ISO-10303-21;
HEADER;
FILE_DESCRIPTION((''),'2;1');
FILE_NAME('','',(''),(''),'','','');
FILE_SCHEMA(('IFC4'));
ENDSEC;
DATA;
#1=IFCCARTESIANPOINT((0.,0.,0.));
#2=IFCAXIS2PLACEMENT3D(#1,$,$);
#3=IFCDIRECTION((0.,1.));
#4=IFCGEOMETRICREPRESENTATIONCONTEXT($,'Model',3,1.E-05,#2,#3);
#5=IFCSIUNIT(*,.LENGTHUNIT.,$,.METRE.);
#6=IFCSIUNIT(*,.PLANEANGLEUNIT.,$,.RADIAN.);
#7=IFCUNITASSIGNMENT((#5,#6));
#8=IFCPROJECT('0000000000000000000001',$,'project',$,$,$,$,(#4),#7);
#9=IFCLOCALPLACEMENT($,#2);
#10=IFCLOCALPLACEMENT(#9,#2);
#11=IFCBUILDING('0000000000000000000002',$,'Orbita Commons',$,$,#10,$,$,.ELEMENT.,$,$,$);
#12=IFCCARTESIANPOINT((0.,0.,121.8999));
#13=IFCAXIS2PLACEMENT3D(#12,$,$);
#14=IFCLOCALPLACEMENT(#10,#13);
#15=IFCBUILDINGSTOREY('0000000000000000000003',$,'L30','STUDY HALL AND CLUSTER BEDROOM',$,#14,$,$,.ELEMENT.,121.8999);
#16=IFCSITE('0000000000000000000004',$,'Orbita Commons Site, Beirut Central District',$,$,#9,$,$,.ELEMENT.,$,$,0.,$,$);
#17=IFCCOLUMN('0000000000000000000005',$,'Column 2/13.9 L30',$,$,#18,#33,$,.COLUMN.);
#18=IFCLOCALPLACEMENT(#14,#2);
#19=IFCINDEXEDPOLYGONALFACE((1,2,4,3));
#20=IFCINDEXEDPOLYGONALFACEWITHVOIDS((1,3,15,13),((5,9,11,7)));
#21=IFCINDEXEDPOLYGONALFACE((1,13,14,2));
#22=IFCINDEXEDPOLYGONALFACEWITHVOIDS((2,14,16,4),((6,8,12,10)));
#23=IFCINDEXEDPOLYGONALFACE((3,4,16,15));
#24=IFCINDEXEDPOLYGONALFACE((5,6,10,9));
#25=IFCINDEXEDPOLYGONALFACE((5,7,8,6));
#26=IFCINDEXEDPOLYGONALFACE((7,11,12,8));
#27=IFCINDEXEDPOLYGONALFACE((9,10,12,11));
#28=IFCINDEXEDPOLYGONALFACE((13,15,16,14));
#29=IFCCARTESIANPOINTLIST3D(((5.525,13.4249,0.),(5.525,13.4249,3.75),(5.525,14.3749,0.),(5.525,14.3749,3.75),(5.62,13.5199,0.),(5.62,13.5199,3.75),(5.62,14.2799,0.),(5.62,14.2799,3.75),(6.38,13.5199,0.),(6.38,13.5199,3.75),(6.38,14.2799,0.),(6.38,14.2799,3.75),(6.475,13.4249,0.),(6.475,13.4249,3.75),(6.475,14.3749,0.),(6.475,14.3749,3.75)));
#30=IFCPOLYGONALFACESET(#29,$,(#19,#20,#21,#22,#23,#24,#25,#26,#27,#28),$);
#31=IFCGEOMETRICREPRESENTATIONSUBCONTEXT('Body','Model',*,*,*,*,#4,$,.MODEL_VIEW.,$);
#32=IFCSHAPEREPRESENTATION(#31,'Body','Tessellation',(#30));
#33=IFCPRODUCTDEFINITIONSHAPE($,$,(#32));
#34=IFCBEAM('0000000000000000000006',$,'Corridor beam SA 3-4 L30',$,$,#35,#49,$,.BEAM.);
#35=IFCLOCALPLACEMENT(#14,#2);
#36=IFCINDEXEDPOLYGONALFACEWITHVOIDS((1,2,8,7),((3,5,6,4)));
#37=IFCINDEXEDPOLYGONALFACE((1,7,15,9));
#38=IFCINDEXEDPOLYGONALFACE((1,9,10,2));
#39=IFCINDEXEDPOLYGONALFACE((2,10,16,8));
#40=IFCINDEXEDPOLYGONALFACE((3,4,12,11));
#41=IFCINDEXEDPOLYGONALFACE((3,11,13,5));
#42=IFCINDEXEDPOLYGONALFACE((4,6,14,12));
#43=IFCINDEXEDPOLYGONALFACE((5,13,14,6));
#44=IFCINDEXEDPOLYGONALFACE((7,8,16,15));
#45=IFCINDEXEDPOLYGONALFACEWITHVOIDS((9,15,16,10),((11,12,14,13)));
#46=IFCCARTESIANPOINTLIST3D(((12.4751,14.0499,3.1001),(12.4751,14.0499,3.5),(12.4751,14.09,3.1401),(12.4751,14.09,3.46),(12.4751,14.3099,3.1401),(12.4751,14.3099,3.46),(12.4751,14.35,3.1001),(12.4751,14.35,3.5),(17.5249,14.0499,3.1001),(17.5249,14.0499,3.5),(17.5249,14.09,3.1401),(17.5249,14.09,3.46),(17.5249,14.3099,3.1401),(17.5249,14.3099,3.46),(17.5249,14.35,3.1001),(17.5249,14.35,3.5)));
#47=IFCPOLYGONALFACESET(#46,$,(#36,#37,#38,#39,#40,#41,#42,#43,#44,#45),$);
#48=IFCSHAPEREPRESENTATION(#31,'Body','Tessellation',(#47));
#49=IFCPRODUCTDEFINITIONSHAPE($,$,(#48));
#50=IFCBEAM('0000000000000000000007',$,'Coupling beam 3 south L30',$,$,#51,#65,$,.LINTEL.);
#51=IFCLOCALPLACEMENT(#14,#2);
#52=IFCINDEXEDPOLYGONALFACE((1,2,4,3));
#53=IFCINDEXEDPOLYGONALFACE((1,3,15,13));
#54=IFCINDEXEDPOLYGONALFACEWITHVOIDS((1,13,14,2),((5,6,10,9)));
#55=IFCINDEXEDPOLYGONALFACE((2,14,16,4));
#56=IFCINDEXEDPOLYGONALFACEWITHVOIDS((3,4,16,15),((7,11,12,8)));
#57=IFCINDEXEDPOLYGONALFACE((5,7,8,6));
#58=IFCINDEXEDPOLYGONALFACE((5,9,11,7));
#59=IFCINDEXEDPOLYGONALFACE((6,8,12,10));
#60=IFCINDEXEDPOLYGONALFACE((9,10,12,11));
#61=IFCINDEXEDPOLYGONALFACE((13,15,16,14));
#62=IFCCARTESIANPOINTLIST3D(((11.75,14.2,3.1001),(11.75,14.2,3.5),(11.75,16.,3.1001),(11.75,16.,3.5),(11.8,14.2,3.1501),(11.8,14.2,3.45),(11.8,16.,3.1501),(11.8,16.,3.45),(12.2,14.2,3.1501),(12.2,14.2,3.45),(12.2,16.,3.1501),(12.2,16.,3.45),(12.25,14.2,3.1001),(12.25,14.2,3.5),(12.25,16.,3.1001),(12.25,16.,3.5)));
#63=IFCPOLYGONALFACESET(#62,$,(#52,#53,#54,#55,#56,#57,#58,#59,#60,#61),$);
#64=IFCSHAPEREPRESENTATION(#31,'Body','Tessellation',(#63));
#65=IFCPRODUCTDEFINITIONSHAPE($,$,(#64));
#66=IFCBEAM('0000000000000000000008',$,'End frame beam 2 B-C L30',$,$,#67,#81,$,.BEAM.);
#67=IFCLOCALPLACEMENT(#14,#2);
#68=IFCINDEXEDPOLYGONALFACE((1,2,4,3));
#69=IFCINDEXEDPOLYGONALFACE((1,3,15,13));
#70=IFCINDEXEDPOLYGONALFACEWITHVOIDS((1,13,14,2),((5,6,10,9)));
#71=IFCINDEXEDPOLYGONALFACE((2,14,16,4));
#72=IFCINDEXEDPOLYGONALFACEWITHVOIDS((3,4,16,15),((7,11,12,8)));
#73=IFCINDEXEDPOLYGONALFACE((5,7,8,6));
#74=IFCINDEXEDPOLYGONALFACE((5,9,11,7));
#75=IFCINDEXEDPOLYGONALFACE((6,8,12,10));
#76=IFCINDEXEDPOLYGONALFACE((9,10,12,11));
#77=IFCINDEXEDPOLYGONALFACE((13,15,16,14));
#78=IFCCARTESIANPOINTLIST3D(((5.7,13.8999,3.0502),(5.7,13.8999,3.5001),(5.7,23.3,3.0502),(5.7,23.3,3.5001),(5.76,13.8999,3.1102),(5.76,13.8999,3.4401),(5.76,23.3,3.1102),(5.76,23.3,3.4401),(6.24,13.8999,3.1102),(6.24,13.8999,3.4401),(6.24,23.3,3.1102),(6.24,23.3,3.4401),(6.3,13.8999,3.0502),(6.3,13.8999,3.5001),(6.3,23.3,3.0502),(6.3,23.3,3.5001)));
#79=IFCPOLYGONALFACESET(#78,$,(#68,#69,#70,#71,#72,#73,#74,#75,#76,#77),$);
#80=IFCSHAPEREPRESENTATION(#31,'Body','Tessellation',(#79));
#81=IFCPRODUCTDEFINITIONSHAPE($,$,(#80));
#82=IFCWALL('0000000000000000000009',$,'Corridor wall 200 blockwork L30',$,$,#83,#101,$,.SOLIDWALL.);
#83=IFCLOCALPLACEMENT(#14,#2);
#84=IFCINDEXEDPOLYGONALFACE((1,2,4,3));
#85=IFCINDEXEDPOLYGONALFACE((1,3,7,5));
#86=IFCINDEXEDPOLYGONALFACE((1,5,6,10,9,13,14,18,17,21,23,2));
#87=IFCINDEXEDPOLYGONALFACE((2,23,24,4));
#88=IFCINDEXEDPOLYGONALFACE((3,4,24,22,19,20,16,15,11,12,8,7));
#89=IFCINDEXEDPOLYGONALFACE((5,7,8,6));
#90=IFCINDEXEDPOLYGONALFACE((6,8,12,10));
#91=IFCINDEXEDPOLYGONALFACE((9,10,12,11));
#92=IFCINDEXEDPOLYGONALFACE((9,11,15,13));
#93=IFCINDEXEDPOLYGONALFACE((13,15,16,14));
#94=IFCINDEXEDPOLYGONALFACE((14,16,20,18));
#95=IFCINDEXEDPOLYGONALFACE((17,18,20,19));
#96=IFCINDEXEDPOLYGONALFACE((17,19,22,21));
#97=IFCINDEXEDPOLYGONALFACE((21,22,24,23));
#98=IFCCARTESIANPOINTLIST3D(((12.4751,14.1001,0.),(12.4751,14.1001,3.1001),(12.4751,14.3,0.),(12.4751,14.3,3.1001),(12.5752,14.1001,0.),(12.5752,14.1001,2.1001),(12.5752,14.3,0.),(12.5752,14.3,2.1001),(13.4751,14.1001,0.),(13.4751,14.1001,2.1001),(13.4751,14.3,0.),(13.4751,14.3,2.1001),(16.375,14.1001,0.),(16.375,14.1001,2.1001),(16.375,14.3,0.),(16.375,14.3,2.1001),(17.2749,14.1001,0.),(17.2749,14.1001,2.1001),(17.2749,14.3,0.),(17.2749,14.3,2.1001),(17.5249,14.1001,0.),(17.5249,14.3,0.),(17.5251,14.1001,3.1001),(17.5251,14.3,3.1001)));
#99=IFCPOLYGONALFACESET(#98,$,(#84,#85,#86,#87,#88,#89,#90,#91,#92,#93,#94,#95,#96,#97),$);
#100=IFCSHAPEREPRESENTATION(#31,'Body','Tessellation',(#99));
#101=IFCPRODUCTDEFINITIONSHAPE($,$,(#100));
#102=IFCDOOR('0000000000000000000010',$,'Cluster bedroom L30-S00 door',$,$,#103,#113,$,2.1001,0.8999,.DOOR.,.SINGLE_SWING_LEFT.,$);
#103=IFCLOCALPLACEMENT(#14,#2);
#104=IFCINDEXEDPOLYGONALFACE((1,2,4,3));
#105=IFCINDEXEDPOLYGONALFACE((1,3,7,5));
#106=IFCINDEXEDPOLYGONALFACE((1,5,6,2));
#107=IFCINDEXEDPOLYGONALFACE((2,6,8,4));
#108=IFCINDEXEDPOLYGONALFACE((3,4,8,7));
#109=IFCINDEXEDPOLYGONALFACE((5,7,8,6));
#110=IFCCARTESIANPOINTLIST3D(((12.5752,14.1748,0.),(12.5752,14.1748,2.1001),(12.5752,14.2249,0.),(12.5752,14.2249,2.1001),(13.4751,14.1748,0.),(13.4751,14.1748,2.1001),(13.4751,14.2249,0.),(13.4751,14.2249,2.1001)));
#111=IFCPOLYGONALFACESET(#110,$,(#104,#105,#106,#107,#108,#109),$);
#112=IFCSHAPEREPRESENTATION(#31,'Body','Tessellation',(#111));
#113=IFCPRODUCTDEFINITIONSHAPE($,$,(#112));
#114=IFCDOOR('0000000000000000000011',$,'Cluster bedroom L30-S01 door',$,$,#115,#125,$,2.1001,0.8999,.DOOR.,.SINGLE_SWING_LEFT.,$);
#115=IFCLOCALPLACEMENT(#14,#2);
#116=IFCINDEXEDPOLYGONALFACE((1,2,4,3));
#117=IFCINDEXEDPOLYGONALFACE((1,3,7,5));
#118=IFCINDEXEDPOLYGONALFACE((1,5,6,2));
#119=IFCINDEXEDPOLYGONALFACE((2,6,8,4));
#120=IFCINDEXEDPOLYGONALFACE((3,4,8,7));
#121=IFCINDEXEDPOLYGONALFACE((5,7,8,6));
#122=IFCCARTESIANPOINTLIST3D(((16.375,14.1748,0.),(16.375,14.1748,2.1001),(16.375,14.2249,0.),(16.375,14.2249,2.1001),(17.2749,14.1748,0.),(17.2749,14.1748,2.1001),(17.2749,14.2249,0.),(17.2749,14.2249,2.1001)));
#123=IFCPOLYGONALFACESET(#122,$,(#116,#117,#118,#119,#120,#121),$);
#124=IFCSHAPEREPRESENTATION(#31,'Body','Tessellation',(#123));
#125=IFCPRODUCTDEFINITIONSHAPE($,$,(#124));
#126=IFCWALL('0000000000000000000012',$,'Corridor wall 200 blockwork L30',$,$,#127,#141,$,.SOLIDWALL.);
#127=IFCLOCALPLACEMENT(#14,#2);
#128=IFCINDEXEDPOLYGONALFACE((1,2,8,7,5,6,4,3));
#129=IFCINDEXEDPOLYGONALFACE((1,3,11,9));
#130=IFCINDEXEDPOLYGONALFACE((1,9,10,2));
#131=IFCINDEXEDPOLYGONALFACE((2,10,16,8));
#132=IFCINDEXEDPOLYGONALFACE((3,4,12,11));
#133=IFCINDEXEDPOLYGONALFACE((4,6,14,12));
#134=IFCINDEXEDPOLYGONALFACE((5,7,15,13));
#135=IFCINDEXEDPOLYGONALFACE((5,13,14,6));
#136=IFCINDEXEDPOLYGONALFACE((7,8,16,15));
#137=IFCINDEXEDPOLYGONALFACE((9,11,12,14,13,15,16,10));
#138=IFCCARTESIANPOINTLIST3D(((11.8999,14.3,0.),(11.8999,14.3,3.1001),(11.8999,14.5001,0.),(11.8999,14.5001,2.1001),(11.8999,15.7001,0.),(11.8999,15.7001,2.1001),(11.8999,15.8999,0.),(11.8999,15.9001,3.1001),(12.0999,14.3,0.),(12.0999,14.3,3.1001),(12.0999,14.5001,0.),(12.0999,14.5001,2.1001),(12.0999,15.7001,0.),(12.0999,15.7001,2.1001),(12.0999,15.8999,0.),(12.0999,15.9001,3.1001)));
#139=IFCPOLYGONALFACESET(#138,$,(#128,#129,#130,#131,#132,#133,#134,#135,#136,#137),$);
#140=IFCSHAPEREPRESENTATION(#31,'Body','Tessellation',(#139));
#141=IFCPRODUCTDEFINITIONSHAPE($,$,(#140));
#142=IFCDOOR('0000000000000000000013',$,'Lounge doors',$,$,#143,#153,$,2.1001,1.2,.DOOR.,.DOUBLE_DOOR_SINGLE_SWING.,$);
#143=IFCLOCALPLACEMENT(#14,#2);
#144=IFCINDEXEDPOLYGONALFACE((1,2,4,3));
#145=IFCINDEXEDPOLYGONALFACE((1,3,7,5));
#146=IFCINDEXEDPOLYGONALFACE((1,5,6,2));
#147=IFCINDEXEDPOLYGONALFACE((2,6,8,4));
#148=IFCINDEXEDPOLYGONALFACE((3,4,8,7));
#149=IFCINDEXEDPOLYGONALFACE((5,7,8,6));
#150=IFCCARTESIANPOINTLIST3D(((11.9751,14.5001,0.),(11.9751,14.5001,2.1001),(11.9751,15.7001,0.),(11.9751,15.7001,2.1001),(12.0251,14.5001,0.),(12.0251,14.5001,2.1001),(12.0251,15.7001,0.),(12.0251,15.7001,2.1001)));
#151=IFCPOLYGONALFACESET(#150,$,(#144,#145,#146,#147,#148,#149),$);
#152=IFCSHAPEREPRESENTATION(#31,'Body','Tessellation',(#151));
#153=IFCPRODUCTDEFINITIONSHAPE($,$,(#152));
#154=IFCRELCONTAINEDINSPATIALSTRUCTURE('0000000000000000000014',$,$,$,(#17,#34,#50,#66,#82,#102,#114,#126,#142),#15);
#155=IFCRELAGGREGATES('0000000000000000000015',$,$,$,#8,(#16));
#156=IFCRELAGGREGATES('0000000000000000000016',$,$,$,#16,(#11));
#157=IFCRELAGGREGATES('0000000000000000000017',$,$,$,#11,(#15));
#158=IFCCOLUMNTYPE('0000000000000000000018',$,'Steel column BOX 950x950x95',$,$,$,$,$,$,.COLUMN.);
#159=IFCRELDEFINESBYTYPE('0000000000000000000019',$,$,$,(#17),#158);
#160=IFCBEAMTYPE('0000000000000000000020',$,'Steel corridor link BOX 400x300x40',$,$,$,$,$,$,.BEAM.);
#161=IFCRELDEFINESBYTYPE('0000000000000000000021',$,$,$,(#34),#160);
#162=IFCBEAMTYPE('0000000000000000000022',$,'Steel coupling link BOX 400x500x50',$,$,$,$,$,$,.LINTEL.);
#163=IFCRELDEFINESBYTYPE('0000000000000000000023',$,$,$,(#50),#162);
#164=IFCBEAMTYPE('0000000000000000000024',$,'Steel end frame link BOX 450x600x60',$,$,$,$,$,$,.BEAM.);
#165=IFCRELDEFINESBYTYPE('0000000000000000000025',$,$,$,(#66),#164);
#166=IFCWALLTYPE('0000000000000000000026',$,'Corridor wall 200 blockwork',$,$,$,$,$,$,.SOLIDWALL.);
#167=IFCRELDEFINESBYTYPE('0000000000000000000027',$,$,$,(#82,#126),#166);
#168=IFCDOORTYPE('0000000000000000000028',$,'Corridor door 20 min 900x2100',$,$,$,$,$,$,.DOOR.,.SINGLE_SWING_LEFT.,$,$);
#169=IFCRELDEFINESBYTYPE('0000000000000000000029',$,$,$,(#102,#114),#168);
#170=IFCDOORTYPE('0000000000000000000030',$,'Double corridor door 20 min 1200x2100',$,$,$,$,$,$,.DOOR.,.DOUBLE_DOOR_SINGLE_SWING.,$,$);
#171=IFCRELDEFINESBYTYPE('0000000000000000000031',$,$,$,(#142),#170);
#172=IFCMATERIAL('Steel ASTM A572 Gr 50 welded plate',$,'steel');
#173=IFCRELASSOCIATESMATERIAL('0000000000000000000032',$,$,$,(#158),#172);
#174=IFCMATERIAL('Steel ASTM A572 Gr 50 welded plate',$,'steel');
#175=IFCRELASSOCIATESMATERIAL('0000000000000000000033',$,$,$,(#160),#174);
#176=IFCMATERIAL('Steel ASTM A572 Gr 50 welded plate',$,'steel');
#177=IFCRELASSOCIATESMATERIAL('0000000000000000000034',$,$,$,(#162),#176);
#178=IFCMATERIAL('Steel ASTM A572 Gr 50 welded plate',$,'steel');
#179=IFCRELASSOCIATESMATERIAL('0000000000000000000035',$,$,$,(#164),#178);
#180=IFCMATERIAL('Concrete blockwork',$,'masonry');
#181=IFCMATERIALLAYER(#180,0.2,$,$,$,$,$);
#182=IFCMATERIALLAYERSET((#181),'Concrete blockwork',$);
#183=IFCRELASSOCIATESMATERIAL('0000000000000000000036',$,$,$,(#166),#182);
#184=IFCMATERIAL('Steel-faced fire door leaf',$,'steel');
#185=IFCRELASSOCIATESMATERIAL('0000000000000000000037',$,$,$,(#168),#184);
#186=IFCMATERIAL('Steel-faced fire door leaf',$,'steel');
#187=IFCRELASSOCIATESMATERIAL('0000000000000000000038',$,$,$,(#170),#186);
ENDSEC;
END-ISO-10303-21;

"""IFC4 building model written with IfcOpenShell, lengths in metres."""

from ifc_helpers import new_model, si_unit, direction, frame, frame_2d, origin, origin_2d, place, context, subcontext, project, spatial, polyline, rectangle, hollow_rectangle, outline, extrude, material, layer, layer_set, material_profile, profile_set, type_object, element, fill, save


model = new_model("IFC4")

# Units and contexts
model_context = context("Model", 3, precision=1e-05, world=origin(), true_north=direction((0.0, 1.0)))
body_context = subcontext(model_context, "Body", "Model", "MODEL_VIEW")
ifc_project = project(units=[si_unit("LENGTHUNIT", "METRE"), si_unit("PLANEANGLEUNIT", "RADIAN")], contexts=[model_context])

# Site, building, storey
site_placement = place(None, origin())
site = spatial("IfcSite", under=ifc_project, at=site_placement, Name="Orbita Commons Site, Beirut Central District", CompositionType="ELEMENT", RefElevation=0.0)
building_placement = place(site_placement, origin())
building = spatial("IfcBuilding", under=site, at=building_placement, Name="Orbita Commons", CompositionType="ELEMENT")
storey_placement = place(building_placement, frame((0.0, 0.0, 121.8999)))
storey = spatial("IfcBuildingStorey", under=building, at=storey_placement, Name="L30", Description="STUDY HALL AND CLUSTER BEDROOM", CompositionType="ELEMENT", Elevation=121.8999)

# Column
ifc_material_1 = material(Name="Steel ASTM A572 Gr 50 welded plate", Category="steel")
ifc_material_profile_1 = material_profile(ifc_material_1, hollow_rectangle(XDim=0.95, YDim=0.95, WallThickness=0.095, at=origin_2d()), Name="BOX 950x950x95")
ifc_profile_set_1 = profile_set([ifc_material_profile_1], Name="Steel ASTM A572 Gr 50 welded plate")
column_type = type_object("IfcColumnType", Name="Steel column BOX 950x950x95", PredefinedType="COLUMN", material=ifc_profile_set_1)
column_placement = place(storey_placement, frame((6.0, 13.8999, 0.0), z_axis=(0.0, 0.0, 1.0), x_axis=(1.0, 0.0, 0.0)))
element("IfcColumn", 1, at=column_placement, inside=storey, type_object=column_type, Name="Column 2/13.9 L30", PredefinedType="COLUMN", context=body_context, shape_type="SweptSolid", body=[
    extrude(hollow_rectangle(XDim=0.95, YDim=0.95, WallThickness=0.095, at=origin_2d()), origin(), (0.0, 0.0, 1.0), 3.75),
])

# Beams
ifc_material_2 = material(Name="Steel ASTM A572 Gr 50 welded plate", Category="steel")
ifc_material_profile_2 = material_profile(ifc_material_2, hollow_rectangle(XDim=0.3, YDim=0.3999, WallThickness=0.04, at=origin_2d()), Name="BOX 400x300x40")
ifc_profile_set_2 = profile_set([ifc_material_profile_2], Name="Steel ASTM A572 Gr 50 welded plate")
beam_type_1 = type_object("IfcBeamType", Name="Steel corridor link BOX 400x300x40", PredefinedType="BEAM", material=ifc_profile_set_2)
beam_1_placement = place(storey_placement, frame((12.4751, 14.2, 3.3), z_axis=(1.0, 0.0, 0.0), x_axis=(0.0, 1.0, 0.0)))
element("IfcBeam", 2, at=beam_1_placement, inside=storey, type_object=beam_type_1, Name="Corridor beam SA 3-4 L30", PredefinedType="BEAM", context=body_context, shape_type="SweptSolid", body=[
    extrude(hollow_rectangle(XDim=0.3, YDim=0.3999, WallThickness=0.04, at=origin_2d()), origin(), (0.0, 0.0, 1.0), 5.0498),
])
ifc_material_3 = material(Name="Steel ASTM A572 Gr 50 welded plate", Category="steel")
ifc_material_profile_3 = material_profile(ifc_material_3, hollow_rectangle(XDim=0.5, YDim=0.3999, WallThickness=0.05, at=origin_2d()), Name="BOX 400x500x50")
ifc_profile_set_3 = profile_set([ifc_material_profile_3], Name="Steel ASTM A572 Gr 50 welded plate")
beam_type_2 = type_object("IfcBeamType", Name="Steel coupling link BOX 400x500x50", PredefinedType="LINTEL", material=ifc_profile_set_3)
beam_2_placement = place(storey_placement, frame((12.0, 14.2, 3.3), z_axis=(0.0, 1.0, 0.0), x_axis=(-1.0, 0.0, 0.0)))
element("IfcBeam", 3, at=beam_2_placement, inside=storey, type_object=beam_type_2, Name="Coupling beam 3 south L30", PredefinedType="LINTEL", context=body_context, shape_type="SweptSolid", body=[
    extrude(hollow_rectangle(XDim=0.5, YDim=0.3999, WallThickness=0.05, at=origin_2d()), origin(), (0.0, 0.0, 1.0), 1.8),
])
ifc_material_4 = material(Name="Steel ASTM A572 Gr 50 welded plate", Category="steel")
ifc_material_profile_4 = material_profile(ifc_material_4, hollow_rectangle(XDim=0.6001, YDim=0.45, WallThickness=0.0601, at=origin_2d()), Name="BOX 450x600x60")
ifc_profile_set_4 = profile_set([ifc_material_profile_4], Name="Steel ASTM A572 Gr 50 welded plate")
beam_type_3 = type_object("IfcBeamType", Name="Steel end frame link BOX 450x600x60", PredefinedType="BEAM", material=ifc_profile_set_4)
beam_3_placement = place(storey_placement, frame((6.0, 13.8999, 3.2751), z_axis=(0.0, 1.0, 0.0), x_axis=(-1.0, 0.0, 0.0)))
element("IfcBeam", 4, at=beam_3_placement, inside=storey, type_object=beam_type_3, Name="End frame beam 2 B-C L30", PredefinedType="BEAM", context=body_context, shape_type="SweptSolid", body=[
    extrude(hollow_rectangle(XDim=0.6001, YDim=0.45, WallThickness=0.0601, at=origin_2d()), origin(), (0.0, 0.0, 1.0), 9.4001),
])

# Wall, openings, doors
ifc_material_5 = material(Name="Concrete blockwork", Category="masonry")
ifc_layer_1 = layer(ifc_material_5, 0.2)
ifc_layer_set_1 = layer_set([ifc_layer_1], Name="Concrete blockwork")
wall_type_1 = type_object("IfcWallType", Name="Corridor wall 200 blockwork", PredefinedType="SOLIDWALL", material=ifc_layer_set_1)
wall_1_placement = place(storey_placement, frame((12.4751, 14.2, 0.0), z_axis=(0.0, 0.0, 1.0), x_axis=(1.0, 0.0, 0.0)))
wall_1 = element("IfcWall", 5, at=wall_1_placement, inside=storey, type_object=wall_type_1, Name="Corridor wall 200 blockwork L30", PredefinedType="SOLIDWALL", context=body_context, shape_type="SweptSolid", body=[
    extrude(outline(polyline([(0.0, 0.0), (5.0498, 0.0), (5.05, 3.1001), (0.0, 3.1001), (0.0, 0.0)])), frame((0.0, 0.1001, 0.0), z_axis=(0.0, -1.0, 0.0), x_axis=(1.0, 0.0, 0.0)), (0.0, 0.0, 1.0), 0.2),
])
opening_1_placement = place(wall_1_placement, frame((0.1001, 0.0, 0.0)))
opening_1 = element("IfcOpeningElement", 6, at=opening_1_placement, cuts=wall_1, PredefinedType="OPENING", context=body_context, shape_type="SweptSolid", body=[
    extrude(rectangle(XDim=0.8999, YDim=2.1001, at=frame_2d((0.45, 1.05))), frame((0.0, 0.1099, 0.0), z_axis=(0.0, -1.0, 0.0), x_axis=(1.0, 0.0, 0.0)), (0.0, 0.0, 1.0), 0.22),
])
opening_2_placement = place(wall_1_placement, frame((3.8999, 0.0, 0.0)))
opening_2 = element("IfcOpeningElement", 7, at=opening_2_placement, cuts=wall_1, PredefinedType="OPENING", context=body_context, shape_type="SweptSolid", body=[
    extrude(rectangle(XDim=0.8999, YDim=2.1001, at=frame_2d((0.45, 1.05))), frame((0.0, 0.1099, 0.0), z_axis=(0.0, -1.0, 0.0), x_axis=(1.0, 0.0, 0.0)), (0.0, 0.0, 1.0), 0.22),
])
ifc_material_6 = material(Name="Steel-faced fire door leaf", Category="steel")
door_type_1 = type_object("IfcDoorType", Name="Corridor door 20 min 900x2100", OperationType="SINGLE_SWING_LEFT", PredefinedType="DOOR", material=ifc_material_6)
door_1_placement = place(opening_1_placement, origin())
door_1 = element("IfcDoor", 8, at=door_1_placement, inside=storey, type_object=door_type_1, Name="Cluster bedroom L30-S00 door", OperationType="SINGLE_SWING_LEFT", OverallHeight=2.1001, OverallWidth=0.8999, PredefinedType="DOOR", context=body_context, shape_type="SweptSolid", body=[
    extrude(rectangle(XDim=0.8999, YDim=2.1001, at=frame_2d((0.45, 1.05))), frame((0.0, 0.0249, 0.0), z_axis=(0.0, -1.0, 0.0), x_axis=(1.0, 0.0, 0.0)), (0.0, 0.0, 1.0), 0.05),
])
fill(opening_1, door_1)
door_2_placement = place(opening_2_placement, origin())
door_2 = element("IfcDoor", 9, at=door_2_placement, inside=storey, type_object=door_type_1, Name="Cluster bedroom L30-S01 door", OperationType="SINGLE_SWING_LEFT", OverallHeight=2.1001, OverallWidth=0.8999, PredefinedType="DOOR", context=body_context, shape_type="SweptSolid", body=[
    extrude(rectangle(XDim=0.8999, YDim=2.1001, at=frame_2d((0.45, 1.05))), frame((0.0, 0.0249, 0.0), z_axis=(0.0, -1.0, 0.0), x_axis=(1.0, 0.0, 0.0)), (0.0, 0.0, 1.0), 0.05),
])
fill(opening_2, door_2)

# Wall, opening, door
wall_2_placement = place(storey_placement, frame((12.0, 14.3, 0.0), z_axis=(0.0, 0.0, 1.0), x_axis=(0.0, 1.0, 0.0)))
wall_2 = element("IfcWall", 10, at=wall_2_placement, inside=storey, type_object=wall_type_1, Name="Corridor wall 200 blockwork L30", PredefinedType="SOLIDWALL", context=body_context, shape_type="SweptSolid", body=[
    extrude(outline(polyline([(0.0, 0.0), (1.5999, 0.0), (1.6001, 3.1001), (0.0, 3.1001), (0.0, 0.0)])), frame((0.0, 0.1001, 0.0), z_axis=(0.0, -1.0, 0.0), x_axis=(1.0, 0.0, 0.0)), (0.0, 0.0, 1.0), 0.2),
])
opening_3_placement = place(wall_2_placement, frame((0.2, 0.0, 0.0)))
opening_3 = element("IfcOpeningElement", 11, at=opening_3_placement, cuts=wall_2, PredefinedType="OPENING", context=body_context, shape_type="SweptSolid", body=[
    extrude(rectangle(XDim=1.2, YDim=2.1001, at=frame_2d((0.6001, 1.05))), frame((0.0, 0.1099, 0.0), z_axis=(0.0, -1.0, 0.0), x_axis=(1.0, 0.0, 0.0)), (0.0, 0.0, 1.0), 0.22),
])
ifc_material_7 = material(Name="Steel-faced fire door leaf", Category="steel")
door_type_2 = type_object("IfcDoorType", Name="Double corridor door 20 min 1200x2100", OperationType="DOUBLE_DOOR_SINGLE_SWING", PredefinedType="DOOR", material=ifc_material_7)
door_3_placement = place(opening_3_placement, origin())
door_3 = element("IfcDoor", 12, at=door_3_placement, inside=storey, type_object=door_type_2, Name="Lounge doors", OperationType="DOUBLE_DOOR_SINGLE_SWING", OverallHeight=2.1001, OverallWidth=1.2, PredefinedType="DOOR", context=body_context, shape_type="SweptSolid", body=[
    extrude(rectangle(XDim=1.2, YDim=2.1001, at=frame_2d((0.6001, 1.05))), frame((0.0, 0.0249, 0.0), z_axis=(0.0, -1.0, 0.0), x_axis=(1.0, 0.0, 0.0)), (0.0, 0.0, 1.0), 0.05),
])
fill(opening_3, door_3)

save(model, "model.ifc")
